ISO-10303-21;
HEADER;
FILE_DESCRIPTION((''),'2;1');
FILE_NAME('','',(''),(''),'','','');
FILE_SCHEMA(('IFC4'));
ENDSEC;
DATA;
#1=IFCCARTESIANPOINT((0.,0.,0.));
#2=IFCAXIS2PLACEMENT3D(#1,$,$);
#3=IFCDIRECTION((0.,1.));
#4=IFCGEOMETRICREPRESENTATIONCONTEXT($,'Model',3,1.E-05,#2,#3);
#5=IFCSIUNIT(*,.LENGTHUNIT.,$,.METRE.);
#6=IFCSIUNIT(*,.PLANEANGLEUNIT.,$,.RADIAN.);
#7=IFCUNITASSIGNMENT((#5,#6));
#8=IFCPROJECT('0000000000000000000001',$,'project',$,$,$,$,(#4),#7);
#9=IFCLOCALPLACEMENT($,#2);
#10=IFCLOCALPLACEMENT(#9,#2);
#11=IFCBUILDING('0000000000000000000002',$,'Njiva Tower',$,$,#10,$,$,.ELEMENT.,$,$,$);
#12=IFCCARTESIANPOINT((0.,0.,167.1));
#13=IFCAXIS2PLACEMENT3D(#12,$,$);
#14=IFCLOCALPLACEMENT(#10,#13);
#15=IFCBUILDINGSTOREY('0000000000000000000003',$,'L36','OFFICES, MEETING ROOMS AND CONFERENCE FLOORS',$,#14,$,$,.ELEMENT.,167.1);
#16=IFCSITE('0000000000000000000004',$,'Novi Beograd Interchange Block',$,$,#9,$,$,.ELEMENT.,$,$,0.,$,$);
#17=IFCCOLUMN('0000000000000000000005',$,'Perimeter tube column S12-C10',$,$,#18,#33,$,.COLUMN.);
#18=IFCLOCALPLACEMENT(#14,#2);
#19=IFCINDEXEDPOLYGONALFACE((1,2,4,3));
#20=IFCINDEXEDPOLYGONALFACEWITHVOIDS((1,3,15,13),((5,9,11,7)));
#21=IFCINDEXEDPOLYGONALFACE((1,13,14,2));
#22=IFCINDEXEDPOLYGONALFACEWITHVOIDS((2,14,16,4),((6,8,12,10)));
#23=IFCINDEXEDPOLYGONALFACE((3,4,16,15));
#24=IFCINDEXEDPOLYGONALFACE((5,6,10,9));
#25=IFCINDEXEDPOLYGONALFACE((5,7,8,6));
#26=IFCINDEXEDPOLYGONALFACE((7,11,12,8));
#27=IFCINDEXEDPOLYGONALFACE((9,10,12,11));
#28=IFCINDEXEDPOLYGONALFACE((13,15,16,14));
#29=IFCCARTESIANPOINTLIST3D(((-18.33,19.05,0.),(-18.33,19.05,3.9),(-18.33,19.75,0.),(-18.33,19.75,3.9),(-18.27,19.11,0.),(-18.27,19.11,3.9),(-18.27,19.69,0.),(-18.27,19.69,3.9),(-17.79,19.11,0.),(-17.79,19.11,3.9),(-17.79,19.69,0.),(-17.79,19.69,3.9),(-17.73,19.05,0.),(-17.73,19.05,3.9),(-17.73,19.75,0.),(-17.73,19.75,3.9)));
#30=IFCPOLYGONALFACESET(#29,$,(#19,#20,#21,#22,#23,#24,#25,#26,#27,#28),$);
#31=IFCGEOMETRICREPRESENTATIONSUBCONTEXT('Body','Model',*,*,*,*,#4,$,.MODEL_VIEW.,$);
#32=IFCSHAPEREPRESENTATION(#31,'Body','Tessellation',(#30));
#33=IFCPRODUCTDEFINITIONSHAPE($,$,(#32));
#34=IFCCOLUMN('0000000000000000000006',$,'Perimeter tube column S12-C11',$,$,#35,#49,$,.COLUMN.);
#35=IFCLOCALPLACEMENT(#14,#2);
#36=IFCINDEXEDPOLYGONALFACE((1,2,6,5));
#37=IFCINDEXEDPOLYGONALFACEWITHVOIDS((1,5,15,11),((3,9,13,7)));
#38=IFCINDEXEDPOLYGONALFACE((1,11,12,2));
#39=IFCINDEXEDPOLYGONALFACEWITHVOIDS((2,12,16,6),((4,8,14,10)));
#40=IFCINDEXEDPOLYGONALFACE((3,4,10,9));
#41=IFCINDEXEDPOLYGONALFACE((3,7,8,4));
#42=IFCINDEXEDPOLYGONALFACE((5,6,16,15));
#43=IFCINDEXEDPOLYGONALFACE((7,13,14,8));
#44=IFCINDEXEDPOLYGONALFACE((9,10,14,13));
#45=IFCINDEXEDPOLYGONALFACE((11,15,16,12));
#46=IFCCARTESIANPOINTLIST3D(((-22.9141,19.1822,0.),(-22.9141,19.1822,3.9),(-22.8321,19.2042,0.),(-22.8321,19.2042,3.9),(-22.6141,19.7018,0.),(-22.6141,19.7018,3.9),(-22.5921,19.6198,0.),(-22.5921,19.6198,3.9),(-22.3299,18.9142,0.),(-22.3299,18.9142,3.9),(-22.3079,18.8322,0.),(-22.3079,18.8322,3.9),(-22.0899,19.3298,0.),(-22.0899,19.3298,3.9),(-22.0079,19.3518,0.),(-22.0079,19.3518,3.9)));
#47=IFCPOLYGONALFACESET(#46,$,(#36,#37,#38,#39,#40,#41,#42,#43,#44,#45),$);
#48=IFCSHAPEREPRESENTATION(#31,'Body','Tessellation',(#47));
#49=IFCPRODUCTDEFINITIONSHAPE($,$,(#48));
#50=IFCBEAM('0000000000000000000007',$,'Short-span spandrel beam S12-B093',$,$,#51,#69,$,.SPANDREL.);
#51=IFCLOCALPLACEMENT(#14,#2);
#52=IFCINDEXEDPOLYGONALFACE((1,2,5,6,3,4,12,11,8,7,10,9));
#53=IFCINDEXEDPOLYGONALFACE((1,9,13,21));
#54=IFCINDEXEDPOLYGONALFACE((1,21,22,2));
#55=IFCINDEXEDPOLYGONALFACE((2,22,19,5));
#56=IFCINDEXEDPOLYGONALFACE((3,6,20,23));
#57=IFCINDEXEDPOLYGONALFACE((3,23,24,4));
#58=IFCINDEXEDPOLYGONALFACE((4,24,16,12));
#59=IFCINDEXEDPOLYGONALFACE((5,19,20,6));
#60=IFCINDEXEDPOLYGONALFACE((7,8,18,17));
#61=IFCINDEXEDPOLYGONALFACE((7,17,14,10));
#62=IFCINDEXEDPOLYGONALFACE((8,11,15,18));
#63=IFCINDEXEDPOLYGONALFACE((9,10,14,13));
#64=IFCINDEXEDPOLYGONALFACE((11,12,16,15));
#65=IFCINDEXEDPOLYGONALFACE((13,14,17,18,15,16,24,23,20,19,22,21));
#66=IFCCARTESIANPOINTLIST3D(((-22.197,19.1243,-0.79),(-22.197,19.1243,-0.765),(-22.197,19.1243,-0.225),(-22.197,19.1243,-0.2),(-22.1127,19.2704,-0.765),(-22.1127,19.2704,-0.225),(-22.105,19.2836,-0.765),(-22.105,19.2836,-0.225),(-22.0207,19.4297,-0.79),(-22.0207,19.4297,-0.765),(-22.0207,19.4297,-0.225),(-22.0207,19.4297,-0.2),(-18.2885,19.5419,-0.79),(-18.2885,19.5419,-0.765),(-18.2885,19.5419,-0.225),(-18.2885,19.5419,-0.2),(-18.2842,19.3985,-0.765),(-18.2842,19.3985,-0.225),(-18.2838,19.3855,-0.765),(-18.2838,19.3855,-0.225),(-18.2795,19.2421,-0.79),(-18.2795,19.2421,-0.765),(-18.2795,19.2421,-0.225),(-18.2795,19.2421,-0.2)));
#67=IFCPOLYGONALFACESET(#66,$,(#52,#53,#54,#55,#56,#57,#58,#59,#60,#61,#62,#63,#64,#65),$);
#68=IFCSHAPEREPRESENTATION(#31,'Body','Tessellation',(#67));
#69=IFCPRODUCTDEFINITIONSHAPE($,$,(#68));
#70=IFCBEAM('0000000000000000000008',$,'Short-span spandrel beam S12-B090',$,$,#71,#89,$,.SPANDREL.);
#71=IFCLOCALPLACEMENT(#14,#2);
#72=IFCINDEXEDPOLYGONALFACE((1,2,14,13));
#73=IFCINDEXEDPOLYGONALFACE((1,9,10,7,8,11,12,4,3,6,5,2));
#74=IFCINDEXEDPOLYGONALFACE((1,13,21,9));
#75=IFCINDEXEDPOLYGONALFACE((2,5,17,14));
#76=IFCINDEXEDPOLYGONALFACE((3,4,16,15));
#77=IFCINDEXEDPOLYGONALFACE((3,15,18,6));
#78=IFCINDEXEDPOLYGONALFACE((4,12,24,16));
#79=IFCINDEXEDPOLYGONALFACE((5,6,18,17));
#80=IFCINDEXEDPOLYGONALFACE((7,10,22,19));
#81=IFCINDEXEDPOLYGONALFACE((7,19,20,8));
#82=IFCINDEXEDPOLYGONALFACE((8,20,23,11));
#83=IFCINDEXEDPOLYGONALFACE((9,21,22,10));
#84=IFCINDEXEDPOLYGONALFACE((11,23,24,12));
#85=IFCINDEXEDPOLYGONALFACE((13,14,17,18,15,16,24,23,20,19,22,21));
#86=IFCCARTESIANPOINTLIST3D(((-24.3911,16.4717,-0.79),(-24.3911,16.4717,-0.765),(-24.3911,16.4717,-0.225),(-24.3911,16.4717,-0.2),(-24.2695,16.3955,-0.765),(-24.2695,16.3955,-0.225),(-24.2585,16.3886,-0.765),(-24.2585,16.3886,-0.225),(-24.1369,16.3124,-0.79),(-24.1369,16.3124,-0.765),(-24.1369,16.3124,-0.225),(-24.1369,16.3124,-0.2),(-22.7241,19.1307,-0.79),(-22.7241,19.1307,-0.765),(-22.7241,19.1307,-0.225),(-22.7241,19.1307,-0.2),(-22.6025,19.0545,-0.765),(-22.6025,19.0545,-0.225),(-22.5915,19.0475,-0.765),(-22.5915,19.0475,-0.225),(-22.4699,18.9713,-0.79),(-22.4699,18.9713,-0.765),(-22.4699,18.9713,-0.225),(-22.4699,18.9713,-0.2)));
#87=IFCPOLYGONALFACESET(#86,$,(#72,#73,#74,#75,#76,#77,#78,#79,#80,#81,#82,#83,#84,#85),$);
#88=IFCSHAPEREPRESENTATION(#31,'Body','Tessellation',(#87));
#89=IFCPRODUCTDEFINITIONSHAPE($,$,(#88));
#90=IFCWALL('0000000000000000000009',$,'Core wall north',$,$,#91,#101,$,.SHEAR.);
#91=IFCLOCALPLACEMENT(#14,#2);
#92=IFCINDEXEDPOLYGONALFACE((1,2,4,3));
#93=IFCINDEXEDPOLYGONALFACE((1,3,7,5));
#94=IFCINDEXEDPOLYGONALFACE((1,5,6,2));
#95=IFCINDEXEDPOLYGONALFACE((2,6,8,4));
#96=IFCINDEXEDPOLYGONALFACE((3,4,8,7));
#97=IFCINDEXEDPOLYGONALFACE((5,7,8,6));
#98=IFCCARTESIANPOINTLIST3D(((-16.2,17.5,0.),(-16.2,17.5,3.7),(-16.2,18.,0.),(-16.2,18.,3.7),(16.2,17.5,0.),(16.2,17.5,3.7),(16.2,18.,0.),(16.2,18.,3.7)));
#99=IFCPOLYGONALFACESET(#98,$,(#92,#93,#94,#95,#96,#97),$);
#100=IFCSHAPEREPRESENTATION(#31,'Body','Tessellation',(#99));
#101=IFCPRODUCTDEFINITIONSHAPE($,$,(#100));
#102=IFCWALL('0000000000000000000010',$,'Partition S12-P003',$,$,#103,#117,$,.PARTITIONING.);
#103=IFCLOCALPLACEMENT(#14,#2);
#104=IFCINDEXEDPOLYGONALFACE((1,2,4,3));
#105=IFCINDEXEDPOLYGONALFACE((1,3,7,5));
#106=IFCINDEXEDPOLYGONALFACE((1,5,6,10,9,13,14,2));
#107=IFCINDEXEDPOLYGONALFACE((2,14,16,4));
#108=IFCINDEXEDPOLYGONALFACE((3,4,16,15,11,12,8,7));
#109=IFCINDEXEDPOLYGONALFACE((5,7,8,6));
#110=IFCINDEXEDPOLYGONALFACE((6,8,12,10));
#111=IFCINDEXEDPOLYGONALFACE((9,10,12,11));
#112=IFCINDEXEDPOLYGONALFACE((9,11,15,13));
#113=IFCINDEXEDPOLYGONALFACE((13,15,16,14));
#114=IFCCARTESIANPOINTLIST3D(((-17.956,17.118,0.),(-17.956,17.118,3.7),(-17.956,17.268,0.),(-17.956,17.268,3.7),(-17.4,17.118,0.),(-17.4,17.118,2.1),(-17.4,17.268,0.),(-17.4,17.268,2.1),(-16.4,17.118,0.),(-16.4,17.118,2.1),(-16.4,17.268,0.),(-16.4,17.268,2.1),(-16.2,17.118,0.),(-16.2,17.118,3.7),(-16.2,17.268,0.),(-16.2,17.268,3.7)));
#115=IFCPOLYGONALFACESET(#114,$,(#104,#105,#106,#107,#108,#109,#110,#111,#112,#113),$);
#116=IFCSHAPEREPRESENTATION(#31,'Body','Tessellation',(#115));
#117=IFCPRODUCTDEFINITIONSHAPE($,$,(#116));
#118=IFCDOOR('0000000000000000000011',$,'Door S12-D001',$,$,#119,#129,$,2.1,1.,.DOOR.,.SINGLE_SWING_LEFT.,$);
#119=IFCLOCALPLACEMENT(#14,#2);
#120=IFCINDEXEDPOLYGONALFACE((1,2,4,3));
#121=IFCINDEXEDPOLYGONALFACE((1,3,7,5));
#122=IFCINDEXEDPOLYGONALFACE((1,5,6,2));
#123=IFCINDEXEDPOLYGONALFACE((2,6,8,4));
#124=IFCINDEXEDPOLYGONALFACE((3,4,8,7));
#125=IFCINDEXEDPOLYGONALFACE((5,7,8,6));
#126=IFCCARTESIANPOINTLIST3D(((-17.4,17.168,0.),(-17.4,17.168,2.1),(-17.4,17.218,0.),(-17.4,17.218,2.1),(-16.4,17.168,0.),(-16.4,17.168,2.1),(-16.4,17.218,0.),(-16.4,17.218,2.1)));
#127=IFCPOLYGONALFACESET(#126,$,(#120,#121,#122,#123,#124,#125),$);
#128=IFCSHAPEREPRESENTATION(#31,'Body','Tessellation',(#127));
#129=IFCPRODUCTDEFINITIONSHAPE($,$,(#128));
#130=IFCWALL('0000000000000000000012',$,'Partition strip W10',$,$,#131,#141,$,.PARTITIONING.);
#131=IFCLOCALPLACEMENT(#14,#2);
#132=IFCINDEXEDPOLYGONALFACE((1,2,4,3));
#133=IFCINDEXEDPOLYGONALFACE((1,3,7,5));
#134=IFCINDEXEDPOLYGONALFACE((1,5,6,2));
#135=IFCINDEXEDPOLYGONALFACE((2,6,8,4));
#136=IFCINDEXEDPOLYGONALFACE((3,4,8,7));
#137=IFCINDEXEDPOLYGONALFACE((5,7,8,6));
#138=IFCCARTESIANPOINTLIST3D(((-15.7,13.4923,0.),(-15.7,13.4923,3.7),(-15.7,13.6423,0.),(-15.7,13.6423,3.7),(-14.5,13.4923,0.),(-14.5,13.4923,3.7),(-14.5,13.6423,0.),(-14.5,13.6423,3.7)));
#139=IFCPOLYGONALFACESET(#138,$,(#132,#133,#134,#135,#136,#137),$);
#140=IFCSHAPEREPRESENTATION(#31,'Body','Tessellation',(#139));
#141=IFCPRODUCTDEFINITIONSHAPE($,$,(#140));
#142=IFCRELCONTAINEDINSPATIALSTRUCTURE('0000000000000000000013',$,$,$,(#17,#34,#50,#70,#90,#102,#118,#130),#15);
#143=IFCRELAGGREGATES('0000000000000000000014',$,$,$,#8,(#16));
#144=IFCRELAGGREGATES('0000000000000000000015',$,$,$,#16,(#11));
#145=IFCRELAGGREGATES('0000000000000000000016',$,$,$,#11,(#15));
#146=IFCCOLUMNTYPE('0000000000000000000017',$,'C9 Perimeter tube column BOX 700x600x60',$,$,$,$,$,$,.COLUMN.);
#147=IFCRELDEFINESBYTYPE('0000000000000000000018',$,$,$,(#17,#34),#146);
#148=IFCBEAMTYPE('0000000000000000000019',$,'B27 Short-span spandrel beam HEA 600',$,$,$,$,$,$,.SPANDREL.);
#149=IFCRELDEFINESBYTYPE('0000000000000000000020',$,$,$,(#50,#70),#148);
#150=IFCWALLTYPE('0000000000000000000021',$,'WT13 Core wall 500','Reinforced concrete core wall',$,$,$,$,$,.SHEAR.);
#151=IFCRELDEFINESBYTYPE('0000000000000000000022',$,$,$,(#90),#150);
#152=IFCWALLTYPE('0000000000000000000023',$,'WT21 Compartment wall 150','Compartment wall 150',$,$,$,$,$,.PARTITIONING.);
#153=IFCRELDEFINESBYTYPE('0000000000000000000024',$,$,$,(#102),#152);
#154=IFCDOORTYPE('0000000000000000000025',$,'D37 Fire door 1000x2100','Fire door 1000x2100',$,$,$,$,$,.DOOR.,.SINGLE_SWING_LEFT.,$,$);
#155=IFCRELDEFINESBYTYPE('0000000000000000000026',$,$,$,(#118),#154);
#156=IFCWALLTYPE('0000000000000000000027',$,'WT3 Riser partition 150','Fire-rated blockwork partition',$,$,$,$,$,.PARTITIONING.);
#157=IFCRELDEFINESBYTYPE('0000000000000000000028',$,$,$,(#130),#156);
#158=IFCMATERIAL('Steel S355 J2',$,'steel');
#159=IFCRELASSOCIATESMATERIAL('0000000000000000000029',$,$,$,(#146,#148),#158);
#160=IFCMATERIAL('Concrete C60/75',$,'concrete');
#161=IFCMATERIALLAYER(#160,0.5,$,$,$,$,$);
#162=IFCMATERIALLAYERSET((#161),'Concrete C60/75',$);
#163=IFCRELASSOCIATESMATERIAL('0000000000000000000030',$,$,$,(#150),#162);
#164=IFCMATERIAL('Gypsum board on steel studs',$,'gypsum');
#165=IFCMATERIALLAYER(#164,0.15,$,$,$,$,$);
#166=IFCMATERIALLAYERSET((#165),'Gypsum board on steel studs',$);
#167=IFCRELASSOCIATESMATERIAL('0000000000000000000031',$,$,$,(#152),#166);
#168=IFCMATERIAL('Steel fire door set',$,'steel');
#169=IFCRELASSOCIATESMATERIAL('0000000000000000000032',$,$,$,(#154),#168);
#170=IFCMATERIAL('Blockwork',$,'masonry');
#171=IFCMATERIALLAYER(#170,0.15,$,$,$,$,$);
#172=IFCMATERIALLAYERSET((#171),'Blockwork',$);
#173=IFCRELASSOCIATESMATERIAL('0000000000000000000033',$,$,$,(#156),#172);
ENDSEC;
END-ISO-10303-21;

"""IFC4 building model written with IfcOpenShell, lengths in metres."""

from ifc_helpers import new_model, si_unit, direction, frame, frame_2d, origin, origin_2d, place, context, subcontext, project, spatial, rectangle, hollow_rectangle, i_section, extrude, clip, halfspace, material, layer, layer_set, material_profile, profile_set, type_object, element, fill, save


model = new_model("IFC4")

# Units and contexts
model_context = context("Model", 3, precision=1e-05, world=origin(), true_north=direction((0.0, 1.0)))
body_context = subcontext(model_context, "Body", "Model", "MODEL_VIEW")
ifc_project = project(units=[si_unit("LENGTHUNIT", "METRE"), si_unit("PLANEANGLEUNIT", "RADIAN")], contexts=[model_context])

# Site, building, storey
site_placement = place(None, origin())
site = spatial("IfcSite", under=ifc_project, at=site_placement, Name="Novi Beograd Interchange Block", CompositionType="ELEMENT", RefElevation=0.0)
building_placement = place(site_placement, origin())
building = spatial("IfcBuilding", under=site, at=building_placement, Name="Njiva Tower", CompositionType="ELEMENT")
storey_placement = place(building_placement, frame((0.0, 0.0, 167.1)))
storey = spatial("IfcBuildingStorey", under=building, at=storey_placement, Name="L36", Description="OFFICES, MEETING ROOMS AND CONFERENCE FLOORS", CompositionType="ELEMENT", Elevation=167.1)

# Columns
ifc_material_1 = material(Name="Steel S355 J2", Category="steel")
ifc_material_profile_1 = material_profile(ifc_material_1, hollow_rectangle(XDim=0.6, YDim=0.7, WallThickness=0.06, at=origin_2d()), Name="BOX 700x600x60")
ifc_profile_set_1 = profile_set([ifc_material_profile_1], Name="Steel S355 J2")
column_type = type_object("IfcColumnType", Name="C9 Perimeter tube column BOX 700x600x60", PredefinedType="COLUMN", material=ifc_profile_set_1)
for number, where, z_axis, x_axis, name in (
    (1, (-18.03, 19.4, 0.0), (0.0, 0.0, 1.0), (-1.0, 0.0, 0.0), "Perimeter tube column S12-C10"),
    (2, (-22.461, 19.267, 0.0), (0.0, 0.0, 1.0), (-0.5, -0.866025, 0.0), "Perimeter tube column S12-C11"),
):
    element("IfcColumn", number, at=place(storey_placement, frame(where, z_axis=z_axis, x_axis=x_axis)), inside=storey, type_object=column_type, Name=name, PredefinedType="COLUMN", context=body_context, shape_type="SweptSolid", body=[
        extrude(hollow_rectangle(XDim=0.6, YDim=0.7, WallThickness=0.06, at=origin_2d()), origin(), (0.0, 0.0, 1.0), 3.9),
    ])

# Beams
ifc_material_profile_2 = material_profile(ifc_material_1, i_section(OverallWidth=0.3, OverallDepth=0.59, WebThickness=0.013, FlangeThickness=0.025, at=origin_2d()), Name="HEA 600")
ifc_profile_set_2 = profile_set([ifc_material_profile_2], Name="Steel S355 J2")
beam_type = type_object("IfcBeamType", Name="B27 Short-span spandrel beam HEA 600", PredefinedType="SPANDREL", material=ifc_profile_set_2)
beam_1_placement = place(storey_placement, frame((-18.284, 19.392, -0.495), z_axis=(-0.999548, -0.030052, 0.0), x_axis=(0.030052, -0.999548, 0.0)))
element("IfcBeam", 3, at=beam_1_placement, inside=storey, type_object=beam_type, Name="Short-span spandrel beam S12-B093", PredefinedType="SPANDREL", context=body_context, shape_type="Clipping", body=[
    clip(extrude(i_section(OverallWidth=0.3, OverallDepth=0.59, WebThickness=0.013, FlangeThickness=0.025, at=origin_2d()), origin(), (0.0, 0.0, 1.0), 3.9397), halfspace(frame((-0.0268, 0.0, 3.81), z_axis=(-0.525798, 0.0, 0.85061), x_axis=(0.0, 1.0, 0.0)), False)),
])
beam_2_placement = place(storey_placement, frame((-22.597, 19.051, -0.495), z_axis=(-0.531173, -0.847264, 0.0), x_axis=(0.847264, -0.531173, 0.0)))
element("IfcBeam", 4, at=beam_2_placement, inside=storey, type_object=beam_type, Name="Short-span spandrel beam S12-B090", PredefinedType="SPANDREL", context=body_context, shape_type="SweptSolid", body=[
    extrude(i_section(OverallWidth=0.3, OverallDepth=0.59, WebThickness=0.013, FlangeThickness=0.025, at=origin_2d()), origin(), (0.0, 0.0, 1.0), 3.1383),
])

# Wall
ifc_material_2 = material(Name="Concrete C60/75", Category="concrete")
ifc_layer_1 = layer(ifc_material_2, 0.5)
ifc_layer_set_1 = layer_set([ifc_layer_1], Name="Concrete C60/75")
wall_type_1 = type_object("IfcWallType", Name="WT13 Core wall 500", Description="Reinforced concrete core wall", PredefinedType="SHEAR", material=ifc_layer_set_1)
wall_1_placement = place(storey_placement, frame((-16.2, 17.75, 0.0), z_axis=(0.0, 0.0, 1.0), x_axis=(1.0, 0.0, 0.0)))
element("IfcWall", 5, at=wall_1_placement, inside=storey, type_object=wall_type_1, Name="Core wall north", PredefinedType="SHEAR", context=body_context, shape_type="SweptSolid", body=[
    extrude(rectangle(XDim=32.4, YDim=0.5, at=frame_2d((16.2, 0.0))), origin(), (0.0, 0.0, 1.0), 3.7),
])

# Wall, opening, door
ifc_material_3 = material(Name="Gypsum board on steel studs", Category="gypsum")
ifc_layer_2 = layer(ifc_material_3, 0.15)
ifc_layer_set_2 = layer_set([ifc_layer_2], Name="Gypsum board on steel studs")
wall_type_2 = type_object("IfcWallType", Name="WT21 Compartment wall 150", Description="Compartment wall 150", PredefinedType="PARTITIONING", material=ifc_layer_set_2)
wall_2_placement = place(storey_placement, frame((-17.956, 17.193, 0.0), z_axis=(0.0, 0.0, 1.0), x_axis=(1.0, 0.0, 0.0)))
wall_2 = element("IfcWall", 6, at=wall_2_placement, inside=storey, type_object=wall_type_2, Name="Partition S12-P003", PredefinedType="PARTITIONING", context=body_context, shape_type="SweptSolid", body=[
    extrude(rectangle(XDim=1.756, YDim=0.15, at=frame_2d((0.878, 0.0))), origin(), (0.0, 0.0, 1.0), 3.7),
])
opening_1_placement = place(wall_2_placement, frame((0.556, 0.0, 0.0)))
opening_1 = element("IfcOpeningElement", 7, at=opening_1_placement, cuts=wall_2, PredefinedType="OPENING", context=body_context, shape_type="SweptSolid", body=[
    extrude(rectangle(XDim=1.0, YDim=2.1, at=frame_2d((0.5, 1.05))), frame((0.0, 0.085, 0.0), z_axis=(0.0, -1.0, 0.0), x_axis=(1.0, 0.0, 0.0)), (0.0, 0.0, 1.0), 0.17),
])
ifc_material_4 = material(Name="Steel fire door set", Category="steel")
door_type = type_object("IfcDoorType", Name="D37 Fire door 1000x2100", Description="Fire door 1000x2100", OperationType="SINGLE_SWING_LEFT", PredefinedType="DOOR", material=ifc_material_4)
door_placement = place(opening_1_placement, origin())
door = element("IfcDoor", 8, at=door_placement, inside=storey, type_object=door_type, Name="Door S12-D001", OperationType="SINGLE_SWING_LEFT", OverallHeight=2.1, OverallWidth=1.0, PredefinedType="DOOR", context=body_context, shape_type="SweptSolid", body=[
    extrude(rectangle(XDim=1.0, YDim=2.1, at=frame_2d((0.5, 1.05))), frame((0.0, 0.025, 0.0), z_axis=(0.0, -1.0, 0.0), x_axis=(1.0, 0.0, 0.0)), (0.0, 0.0, 1.0), 0.05),
])
fill(opening_1, door)

# Wall
ifc_material_5 = material(Name="Blockwork", Category="masonry")
ifc_layer_3 = layer(ifc_material_5, 0.15)
ifc_layer_set_3 = layer_set([ifc_layer_3], Name="Blockwork")
wall_type_3 = type_object("IfcWallType", Name="WT3 Riser partition 150", Description="Fire-rated blockwork partition", PredefinedType="PARTITIONING", material=ifc_layer_set_3)
wall_3_placement = place(storey_placement, frame((-15.7, 13.5673, 0.0), z_axis=(0.0, 0.0, 1.0), x_axis=(1.0, 0.0, 0.0)))
element("IfcWall", 9, at=wall_3_placement, inside=storey, type_object=wall_type_3, Name="Partition strip W10", PredefinedType="PARTITIONING", context=body_context, shape_type="SweptSolid", body=[
    extrude(rectangle(XDim=1.2, YDim=0.15, at=frame_2d((0.6, 0.0))), origin(), (0.0, 0.0, 1.0), 3.7),
])

save(model, "model.ifc")
